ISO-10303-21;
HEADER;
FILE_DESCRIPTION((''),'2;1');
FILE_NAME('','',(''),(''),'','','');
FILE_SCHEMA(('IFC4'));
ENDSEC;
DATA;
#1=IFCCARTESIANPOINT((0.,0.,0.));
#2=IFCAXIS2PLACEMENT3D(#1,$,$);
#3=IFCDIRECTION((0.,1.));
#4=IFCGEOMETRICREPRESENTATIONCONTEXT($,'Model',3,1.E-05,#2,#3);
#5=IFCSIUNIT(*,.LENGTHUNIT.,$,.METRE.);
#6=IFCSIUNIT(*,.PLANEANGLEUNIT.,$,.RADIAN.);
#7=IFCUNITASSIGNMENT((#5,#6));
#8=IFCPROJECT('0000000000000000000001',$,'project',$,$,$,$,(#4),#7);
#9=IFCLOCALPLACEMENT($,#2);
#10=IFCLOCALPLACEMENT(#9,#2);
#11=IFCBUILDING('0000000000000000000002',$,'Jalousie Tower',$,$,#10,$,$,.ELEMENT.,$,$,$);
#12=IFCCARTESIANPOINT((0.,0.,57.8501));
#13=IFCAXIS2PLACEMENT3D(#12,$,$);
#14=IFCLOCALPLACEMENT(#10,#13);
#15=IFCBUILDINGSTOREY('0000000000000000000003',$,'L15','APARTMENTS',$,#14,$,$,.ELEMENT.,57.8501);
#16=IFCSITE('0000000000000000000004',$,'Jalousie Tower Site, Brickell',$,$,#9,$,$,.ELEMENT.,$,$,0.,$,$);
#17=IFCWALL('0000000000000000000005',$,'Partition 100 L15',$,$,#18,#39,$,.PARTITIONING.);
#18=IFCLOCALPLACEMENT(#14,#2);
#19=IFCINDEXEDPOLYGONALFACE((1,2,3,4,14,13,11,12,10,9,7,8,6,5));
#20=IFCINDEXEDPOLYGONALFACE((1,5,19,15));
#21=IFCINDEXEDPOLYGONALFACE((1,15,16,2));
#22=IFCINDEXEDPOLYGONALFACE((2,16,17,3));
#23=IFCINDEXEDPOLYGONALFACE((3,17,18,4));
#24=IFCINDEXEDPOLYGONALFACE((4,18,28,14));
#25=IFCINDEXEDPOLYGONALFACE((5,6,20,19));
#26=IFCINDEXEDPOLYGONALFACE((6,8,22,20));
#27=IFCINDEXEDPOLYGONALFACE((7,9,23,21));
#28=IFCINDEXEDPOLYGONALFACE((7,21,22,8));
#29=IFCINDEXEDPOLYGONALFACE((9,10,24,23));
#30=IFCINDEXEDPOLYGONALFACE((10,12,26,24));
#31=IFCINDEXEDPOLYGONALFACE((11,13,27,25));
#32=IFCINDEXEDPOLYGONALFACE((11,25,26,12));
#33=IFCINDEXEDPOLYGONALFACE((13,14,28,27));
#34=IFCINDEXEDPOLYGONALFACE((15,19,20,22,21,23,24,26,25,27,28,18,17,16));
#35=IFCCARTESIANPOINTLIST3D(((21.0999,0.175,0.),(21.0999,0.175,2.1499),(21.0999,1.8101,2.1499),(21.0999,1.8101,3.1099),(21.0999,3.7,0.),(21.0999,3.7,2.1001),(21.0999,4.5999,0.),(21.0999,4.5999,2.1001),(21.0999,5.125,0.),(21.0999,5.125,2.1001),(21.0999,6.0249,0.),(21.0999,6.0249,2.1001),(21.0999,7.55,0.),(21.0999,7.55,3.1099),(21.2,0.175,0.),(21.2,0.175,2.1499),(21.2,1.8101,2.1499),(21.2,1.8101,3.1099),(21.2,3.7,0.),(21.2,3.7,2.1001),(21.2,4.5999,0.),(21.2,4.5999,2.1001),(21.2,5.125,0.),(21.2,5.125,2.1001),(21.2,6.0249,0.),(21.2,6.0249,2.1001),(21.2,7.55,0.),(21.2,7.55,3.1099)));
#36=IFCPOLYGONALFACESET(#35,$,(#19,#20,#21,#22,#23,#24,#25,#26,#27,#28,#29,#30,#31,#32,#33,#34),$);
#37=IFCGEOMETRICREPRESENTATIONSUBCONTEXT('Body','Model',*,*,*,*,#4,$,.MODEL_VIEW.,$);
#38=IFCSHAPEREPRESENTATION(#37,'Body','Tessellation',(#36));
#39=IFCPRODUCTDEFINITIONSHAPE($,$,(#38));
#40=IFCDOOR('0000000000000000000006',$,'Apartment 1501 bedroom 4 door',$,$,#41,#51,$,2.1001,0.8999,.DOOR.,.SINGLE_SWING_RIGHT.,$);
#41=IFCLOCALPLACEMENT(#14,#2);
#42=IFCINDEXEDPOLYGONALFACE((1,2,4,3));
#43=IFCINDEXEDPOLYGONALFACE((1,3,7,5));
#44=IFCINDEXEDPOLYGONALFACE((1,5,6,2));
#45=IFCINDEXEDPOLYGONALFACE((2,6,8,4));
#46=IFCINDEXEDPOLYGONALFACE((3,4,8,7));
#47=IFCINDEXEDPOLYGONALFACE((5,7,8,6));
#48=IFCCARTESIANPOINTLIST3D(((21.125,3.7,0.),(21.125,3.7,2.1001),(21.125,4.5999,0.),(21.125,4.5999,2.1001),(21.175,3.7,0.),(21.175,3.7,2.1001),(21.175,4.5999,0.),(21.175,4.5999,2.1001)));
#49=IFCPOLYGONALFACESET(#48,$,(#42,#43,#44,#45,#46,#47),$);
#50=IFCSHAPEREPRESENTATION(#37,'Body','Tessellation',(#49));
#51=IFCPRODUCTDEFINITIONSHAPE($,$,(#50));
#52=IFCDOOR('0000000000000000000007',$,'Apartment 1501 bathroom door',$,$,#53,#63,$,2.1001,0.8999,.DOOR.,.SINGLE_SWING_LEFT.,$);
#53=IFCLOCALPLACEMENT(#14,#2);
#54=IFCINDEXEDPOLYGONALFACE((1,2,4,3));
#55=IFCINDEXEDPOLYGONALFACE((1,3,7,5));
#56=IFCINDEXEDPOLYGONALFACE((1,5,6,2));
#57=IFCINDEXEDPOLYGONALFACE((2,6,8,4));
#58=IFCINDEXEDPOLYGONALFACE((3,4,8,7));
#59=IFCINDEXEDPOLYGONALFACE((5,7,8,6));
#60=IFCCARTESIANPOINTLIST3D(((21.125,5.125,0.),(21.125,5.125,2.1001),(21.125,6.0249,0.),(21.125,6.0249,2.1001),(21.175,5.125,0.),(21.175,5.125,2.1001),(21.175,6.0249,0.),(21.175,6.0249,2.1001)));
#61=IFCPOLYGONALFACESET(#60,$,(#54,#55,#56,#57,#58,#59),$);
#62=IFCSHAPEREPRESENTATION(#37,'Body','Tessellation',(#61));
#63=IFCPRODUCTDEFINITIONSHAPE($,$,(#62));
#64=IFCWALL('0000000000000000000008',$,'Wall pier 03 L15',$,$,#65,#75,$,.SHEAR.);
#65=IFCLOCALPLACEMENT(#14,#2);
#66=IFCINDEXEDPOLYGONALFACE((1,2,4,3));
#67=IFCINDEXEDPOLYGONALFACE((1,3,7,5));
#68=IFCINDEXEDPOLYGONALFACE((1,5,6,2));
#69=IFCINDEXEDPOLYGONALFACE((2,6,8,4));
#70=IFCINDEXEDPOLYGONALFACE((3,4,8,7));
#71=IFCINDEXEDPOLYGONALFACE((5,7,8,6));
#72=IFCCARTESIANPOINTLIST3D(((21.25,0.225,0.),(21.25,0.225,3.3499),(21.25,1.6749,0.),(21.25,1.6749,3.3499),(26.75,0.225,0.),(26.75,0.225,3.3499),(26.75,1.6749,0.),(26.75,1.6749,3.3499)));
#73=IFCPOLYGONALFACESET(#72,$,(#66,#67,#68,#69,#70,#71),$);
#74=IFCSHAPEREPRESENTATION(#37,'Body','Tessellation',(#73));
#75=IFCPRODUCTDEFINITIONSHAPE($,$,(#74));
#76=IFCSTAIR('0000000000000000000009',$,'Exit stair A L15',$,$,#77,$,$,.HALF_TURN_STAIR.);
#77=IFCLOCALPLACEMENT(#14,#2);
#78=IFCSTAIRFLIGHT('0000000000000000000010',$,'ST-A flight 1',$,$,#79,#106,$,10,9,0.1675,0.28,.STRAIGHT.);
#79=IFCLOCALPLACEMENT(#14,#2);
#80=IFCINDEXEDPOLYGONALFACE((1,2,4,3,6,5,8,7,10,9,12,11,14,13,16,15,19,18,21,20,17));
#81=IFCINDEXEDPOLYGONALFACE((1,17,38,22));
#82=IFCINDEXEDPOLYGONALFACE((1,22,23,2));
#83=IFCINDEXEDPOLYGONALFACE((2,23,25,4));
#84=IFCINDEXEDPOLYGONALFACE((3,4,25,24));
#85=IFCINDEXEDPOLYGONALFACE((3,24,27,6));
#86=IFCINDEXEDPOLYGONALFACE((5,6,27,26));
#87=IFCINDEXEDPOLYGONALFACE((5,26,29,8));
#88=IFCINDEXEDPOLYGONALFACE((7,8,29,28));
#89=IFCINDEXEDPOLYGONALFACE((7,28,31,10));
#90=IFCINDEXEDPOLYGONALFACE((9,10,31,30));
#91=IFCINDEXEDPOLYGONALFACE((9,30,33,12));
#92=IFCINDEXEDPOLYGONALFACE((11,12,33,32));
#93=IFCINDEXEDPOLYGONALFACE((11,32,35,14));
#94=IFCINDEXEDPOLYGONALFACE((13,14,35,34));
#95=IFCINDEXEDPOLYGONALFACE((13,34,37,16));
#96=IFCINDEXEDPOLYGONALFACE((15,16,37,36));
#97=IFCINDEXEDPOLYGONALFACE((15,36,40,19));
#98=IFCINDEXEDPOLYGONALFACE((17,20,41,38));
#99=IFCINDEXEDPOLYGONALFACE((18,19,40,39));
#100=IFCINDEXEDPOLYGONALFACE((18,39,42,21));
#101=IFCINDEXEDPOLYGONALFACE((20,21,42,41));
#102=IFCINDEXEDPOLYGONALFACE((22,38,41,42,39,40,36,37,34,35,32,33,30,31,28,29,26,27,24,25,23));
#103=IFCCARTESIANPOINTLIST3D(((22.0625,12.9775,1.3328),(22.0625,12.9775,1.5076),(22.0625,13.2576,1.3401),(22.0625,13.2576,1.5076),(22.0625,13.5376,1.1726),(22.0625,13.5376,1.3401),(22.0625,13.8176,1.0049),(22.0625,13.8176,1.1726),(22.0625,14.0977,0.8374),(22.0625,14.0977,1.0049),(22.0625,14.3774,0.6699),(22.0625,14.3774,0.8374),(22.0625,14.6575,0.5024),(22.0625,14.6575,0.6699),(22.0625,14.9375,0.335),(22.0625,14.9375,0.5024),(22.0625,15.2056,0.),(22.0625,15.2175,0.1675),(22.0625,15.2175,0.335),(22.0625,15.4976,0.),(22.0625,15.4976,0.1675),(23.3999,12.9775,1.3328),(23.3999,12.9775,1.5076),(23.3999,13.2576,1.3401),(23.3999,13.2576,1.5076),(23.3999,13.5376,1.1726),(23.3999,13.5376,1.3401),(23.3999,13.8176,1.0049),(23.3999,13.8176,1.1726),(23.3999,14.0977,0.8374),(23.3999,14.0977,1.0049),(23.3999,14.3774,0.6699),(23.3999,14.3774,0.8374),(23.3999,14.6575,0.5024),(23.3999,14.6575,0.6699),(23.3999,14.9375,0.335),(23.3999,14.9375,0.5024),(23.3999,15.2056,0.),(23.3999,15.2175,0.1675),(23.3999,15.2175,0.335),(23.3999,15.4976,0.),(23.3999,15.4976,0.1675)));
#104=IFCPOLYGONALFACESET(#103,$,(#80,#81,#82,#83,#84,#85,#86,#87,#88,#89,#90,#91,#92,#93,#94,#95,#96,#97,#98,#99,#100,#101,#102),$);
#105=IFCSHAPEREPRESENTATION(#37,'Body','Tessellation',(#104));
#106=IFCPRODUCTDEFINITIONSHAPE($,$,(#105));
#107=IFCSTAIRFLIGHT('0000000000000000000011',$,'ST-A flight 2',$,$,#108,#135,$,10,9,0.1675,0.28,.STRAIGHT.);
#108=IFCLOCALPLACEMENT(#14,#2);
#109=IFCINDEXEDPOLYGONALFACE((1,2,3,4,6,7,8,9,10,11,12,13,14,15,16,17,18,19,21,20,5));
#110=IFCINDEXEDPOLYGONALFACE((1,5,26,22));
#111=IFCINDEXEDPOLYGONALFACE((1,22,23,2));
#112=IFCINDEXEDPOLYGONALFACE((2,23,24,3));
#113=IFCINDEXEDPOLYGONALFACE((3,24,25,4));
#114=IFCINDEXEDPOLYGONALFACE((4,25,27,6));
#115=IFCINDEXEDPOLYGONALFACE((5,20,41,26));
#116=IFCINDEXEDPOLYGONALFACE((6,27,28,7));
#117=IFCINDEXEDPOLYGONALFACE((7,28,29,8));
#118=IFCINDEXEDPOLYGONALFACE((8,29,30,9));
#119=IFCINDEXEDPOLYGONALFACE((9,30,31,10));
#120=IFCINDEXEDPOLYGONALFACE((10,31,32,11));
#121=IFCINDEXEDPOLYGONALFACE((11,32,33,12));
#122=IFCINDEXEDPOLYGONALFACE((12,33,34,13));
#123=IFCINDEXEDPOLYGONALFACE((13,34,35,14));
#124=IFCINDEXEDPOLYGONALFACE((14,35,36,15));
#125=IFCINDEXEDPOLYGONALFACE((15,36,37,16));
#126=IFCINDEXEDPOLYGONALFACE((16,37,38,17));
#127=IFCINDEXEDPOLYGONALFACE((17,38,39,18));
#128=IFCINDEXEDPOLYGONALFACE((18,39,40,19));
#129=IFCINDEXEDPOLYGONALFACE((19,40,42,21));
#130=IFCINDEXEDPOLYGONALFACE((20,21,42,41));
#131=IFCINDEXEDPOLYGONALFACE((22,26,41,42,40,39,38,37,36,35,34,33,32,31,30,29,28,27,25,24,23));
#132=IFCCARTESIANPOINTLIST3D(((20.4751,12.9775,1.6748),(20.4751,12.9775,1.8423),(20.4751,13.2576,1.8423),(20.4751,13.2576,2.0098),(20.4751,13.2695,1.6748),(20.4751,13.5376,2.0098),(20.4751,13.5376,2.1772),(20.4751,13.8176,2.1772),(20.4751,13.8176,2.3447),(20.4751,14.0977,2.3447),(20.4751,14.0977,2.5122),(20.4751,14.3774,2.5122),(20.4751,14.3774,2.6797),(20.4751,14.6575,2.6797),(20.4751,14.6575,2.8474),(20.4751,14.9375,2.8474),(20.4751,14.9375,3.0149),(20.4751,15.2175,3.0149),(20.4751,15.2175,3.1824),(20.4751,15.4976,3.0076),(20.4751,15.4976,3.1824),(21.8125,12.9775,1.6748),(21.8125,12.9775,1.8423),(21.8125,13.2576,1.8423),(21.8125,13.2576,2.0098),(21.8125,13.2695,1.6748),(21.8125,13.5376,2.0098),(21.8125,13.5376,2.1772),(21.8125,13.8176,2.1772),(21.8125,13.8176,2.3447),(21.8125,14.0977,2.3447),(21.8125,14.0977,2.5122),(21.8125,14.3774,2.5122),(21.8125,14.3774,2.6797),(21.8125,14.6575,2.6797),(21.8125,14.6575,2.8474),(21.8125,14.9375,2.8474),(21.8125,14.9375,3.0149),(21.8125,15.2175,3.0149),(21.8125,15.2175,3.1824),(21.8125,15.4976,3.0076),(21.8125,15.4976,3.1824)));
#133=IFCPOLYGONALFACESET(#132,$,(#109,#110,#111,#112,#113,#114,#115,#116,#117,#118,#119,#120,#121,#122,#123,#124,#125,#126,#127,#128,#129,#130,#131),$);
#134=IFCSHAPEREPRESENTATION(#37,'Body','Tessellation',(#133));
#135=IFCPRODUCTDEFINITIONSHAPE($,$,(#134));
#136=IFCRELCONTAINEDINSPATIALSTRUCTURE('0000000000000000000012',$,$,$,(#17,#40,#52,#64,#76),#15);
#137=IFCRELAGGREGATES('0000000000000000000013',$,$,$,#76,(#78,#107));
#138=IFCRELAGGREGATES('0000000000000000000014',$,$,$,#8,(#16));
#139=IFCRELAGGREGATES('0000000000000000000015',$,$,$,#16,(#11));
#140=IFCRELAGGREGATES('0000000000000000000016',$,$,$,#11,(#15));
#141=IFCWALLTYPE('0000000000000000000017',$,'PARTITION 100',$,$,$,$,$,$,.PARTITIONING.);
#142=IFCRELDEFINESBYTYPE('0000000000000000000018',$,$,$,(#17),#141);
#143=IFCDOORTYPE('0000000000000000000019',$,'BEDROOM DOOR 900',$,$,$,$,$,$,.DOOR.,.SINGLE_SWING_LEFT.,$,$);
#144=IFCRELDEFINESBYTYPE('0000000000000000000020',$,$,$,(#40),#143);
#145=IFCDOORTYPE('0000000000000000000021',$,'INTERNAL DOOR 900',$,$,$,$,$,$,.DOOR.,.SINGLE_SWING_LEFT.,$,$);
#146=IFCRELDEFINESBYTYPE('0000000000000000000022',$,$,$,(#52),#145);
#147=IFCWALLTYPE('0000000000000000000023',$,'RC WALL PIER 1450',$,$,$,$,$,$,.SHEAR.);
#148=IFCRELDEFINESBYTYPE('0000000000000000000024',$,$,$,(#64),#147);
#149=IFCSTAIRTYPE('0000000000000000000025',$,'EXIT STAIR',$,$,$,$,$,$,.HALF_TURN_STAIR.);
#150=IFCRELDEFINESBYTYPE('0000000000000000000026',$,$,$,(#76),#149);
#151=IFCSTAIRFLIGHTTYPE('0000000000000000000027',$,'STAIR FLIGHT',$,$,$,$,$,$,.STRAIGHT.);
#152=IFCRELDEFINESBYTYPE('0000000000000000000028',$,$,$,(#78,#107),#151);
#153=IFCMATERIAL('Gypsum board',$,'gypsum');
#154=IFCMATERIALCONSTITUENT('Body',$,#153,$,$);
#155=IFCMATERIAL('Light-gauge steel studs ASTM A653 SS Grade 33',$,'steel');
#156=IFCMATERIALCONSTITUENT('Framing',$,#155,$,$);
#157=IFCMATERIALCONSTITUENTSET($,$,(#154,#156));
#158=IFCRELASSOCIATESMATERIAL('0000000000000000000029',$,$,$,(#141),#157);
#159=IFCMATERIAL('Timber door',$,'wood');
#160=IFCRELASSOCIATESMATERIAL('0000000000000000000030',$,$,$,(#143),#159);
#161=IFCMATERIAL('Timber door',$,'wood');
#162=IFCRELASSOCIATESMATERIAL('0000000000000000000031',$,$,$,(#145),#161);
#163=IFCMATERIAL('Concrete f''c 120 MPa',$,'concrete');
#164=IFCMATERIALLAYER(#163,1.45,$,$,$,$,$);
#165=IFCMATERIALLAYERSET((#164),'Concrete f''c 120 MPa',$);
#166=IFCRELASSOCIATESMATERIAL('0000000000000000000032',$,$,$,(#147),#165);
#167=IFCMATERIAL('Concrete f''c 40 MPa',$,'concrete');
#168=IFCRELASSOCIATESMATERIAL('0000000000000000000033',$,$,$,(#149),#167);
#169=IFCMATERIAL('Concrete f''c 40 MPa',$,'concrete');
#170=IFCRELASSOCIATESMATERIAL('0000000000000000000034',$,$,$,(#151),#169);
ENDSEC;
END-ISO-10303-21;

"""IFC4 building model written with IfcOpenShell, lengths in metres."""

from ifc_helpers import new_model, si_unit, direction, frame, frame_2d, origin, place, context, subcontext, project, spatial, polyline, rectangle, outline, extrude, material, layer, layer_set, constituent, constituent_set, type_object, element, fill, aggregate, save


model = new_model("IFC4")

# Units and contexts
model_context = context("Model", 3, precision=1e-05, world=origin(), true_north=direction((0.0, 1.0)))
body_context = subcontext(model_context, "Body", "Model", "MODEL_VIEW")
ifc_project = project(units=[si_unit("LENGTHUNIT", "METRE"), si_unit("PLANEANGLEUNIT", "RADIAN")], contexts=[model_context])

# Site, building, storey
site_placement = place(None, origin())
site = spatial("IfcSite", under=ifc_project, at=site_placement, Name="Jalousie Tower Site, Brickell", CompositionType="ELEMENT", RefElevation=0.0)
building_placement = place(site_placement, origin())
building = spatial("IfcBuilding", under=site, at=building_placement, Name="Jalousie Tower", CompositionType="ELEMENT")
storey_placement = place(building_placement, frame((0.0, 0.0, 57.8501)))
storey = spatial("IfcBuildingStorey", under=building, at=storey_placement, Name="L15", Description="APARTMENTS", CompositionType="ELEMENT", Elevation=57.8501)

# Wall, openings, doors
ifc_material_1 = material(Name="Gypsum board", Category="gypsum")
ifc_constituent_1 = constituent(ifc_material_1, Name="Body")
ifc_material_2 = material(Name="Light-gauge steel studs ASTM A653 SS Grade 33", Category="steel")
ifc_constituent_2 = constituent(ifc_material_2, Name="Framing")
ifc_constituent_set_1 = constituent_set(constituents=[ifc_constituent_1, ifc_constituent_2])
wall_type_1 = type_object("IfcWallType", Name="PARTITION 100", PredefinedType="PARTITIONING", material=ifc_constituent_set_1)
wall_1_placement = place(storey_placement, frame((21.1499, 0.175, 0.0), z_axis=(0.0, 0.0, 1.0), x_axis=(0.0, 1.0, 0.0)))
wall_1 = element("IfcWall", 1, at=wall_1_placement, inside=storey, type_object=wall_type_1, Name="Partition 100 L15", PredefinedType="PARTITIONING", context=body_context, shape_type="SweptSolid", body=[
    extrude(outline(polyline([(0.0, 0.0), (7.375, 0.0), (7.375, 3.1099), (1.635, 3.1099), (1.635, 2.1499), (0.0, 2.1499), (0.0, 3.1099), (0.0, 0.0)])), frame((0.0, 0.05, 0.0), z_axis=(0.0, -1.0, 0.0), x_axis=(1.0, 0.0, 0.0)), (0.0, 0.0, 1.0), 0.1001),
])
opening_1_placement = place(wall_1_placement, frame((3.5249, 0.0, 0.0)))
opening_1 = element("IfcOpeningElement", 2, at=opening_1_placement, cuts=wall_1, PredefinedType="OPENING", context=body_context, shape_type="SweptSolid", body=[
    extrude(rectangle(XDim=0.8999, YDim=2.1001, at=frame_2d((0.45, 1.05))), frame((0.0, 0.0601, 0.0), z_axis=(0.0, -1.0, 0.0), x_axis=(1.0, 0.0, 0.0)), (0.0, 0.0, 1.0), 0.1201),
])
opening_2_placement = place(wall_1_placement, frame((4.95, 0.0, 0.0)))
opening_2 = element("IfcOpeningElement", 3, at=opening_2_placement, cuts=wall_1, PredefinedType="OPENING", context=body_context, shape_type="SweptSolid", body=[
    extrude(rectangle(XDim=0.8999, YDim=2.1001, at=frame_2d((0.45, 1.05))), frame((0.0, 0.0601, 0.0), z_axis=(0.0, -1.0, 0.0), x_axis=(1.0, 0.0, 0.0)), (0.0, 0.0, 1.0), 0.1201),
])
ifc_material_3 = material(Name="Timber door", Category="wood")
door_type_1 = type_object("IfcDoorType", Name="BEDROOM DOOR 900", OperationType="SINGLE_SWING_LEFT", PredefinedType="DOOR", material=ifc_material_3)
door_1_placement = place(opening_1_placement, origin())
door_1 = element("IfcDoor", 4, at=door_1_placement, inside=storey, type_object=door_type_1, Name="Apartment 1501 bedroom 4 door", OperationType="SINGLE_SWING_RIGHT", OverallHeight=2.1001, OverallWidth=0.8999, PredefinedType="DOOR", context=body_context, shape_type="SweptSolid", body=[
    extrude(rectangle(XDim=0.8999, YDim=2.1001, at=frame_2d((0.45, 1.05))), frame((0.0, 0.0249, 0.0), z_axis=(0.0, -1.0, 0.0), x_axis=(1.0, 0.0, 0.0)), (0.0, 0.0, 1.0), 0.05),
])
fill(opening_1, door_1)
ifc_material_4 = material(Name="Timber door", Category="wood")
door_type_2 = type_object("IfcDoorType", Name="INTERNAL DOOR 900", OperationType="SINGLE_SWING_LEFT", PredefinedType="DOOR", material=ifc_material_4)
door_2_placement = place(opening_2_placement, origin())
door_2 = element("IfcDoor", 5, at=door_2_placement, inside=storey, type_object=door_type_2, Name="Apartment 1501 bathroom door", OperationType="SINGLE_SWING_LEFT", OverallHeight=2.1001, OverallWidth=0.8999, PredefinedType="DOOR", context=body_context, shape_type="SweptSolid", body=[
    extrude(rectangle(XDim=0.8999, YDim=2.1001, at=frame_2d((0.45, 1.05))), frame((0.0, 0.0249, 0.0), z_axis=(0.0, -1.0, 0.0), x_axis=(1.0, 0.0, 0.0)), (0.0, 0.0, 1.0), 0.05),
])
fill(opening_2, door_2)

# Wall
ifc_material_5 = material(Name="Concrete f'c 120 MPa", Category="concrete")
ifc_layer_1 = layer(ifc_material_5, 1.45)
ifc_layer_set_1 = layer_set([ifc_layer_1], Name="Concrete f'c 120 MPa")
wall_type_2 = type_object("IfcWallType", Name="RC WALL PIER 1450", PredefinedType="SHEAR", material=ifc_layer_set_1)
wall_2_placement = place(storey_placement, frame((21.25, 0.95, 0.0), z_axis=(0.0, 0.0, 1.0), x_axis=(1.0, 0.0, 0.0)))
element("IfcWall", 6, at=wall_2_placement, inside=storey, type_object=wall_type_2, Name="Wall pier 03 L15", PredefinedType="SHEAR", context=body_context, shape_type="SweptSolid", body=[
    extrude(rectangle(XDim=5.5, YDim=1.45, at=frame_2d((2.75, 0.0))), origin(), (0.0, 0.0, 1.0), 3.3499),
])

# Stair, stair flights
ifc_material_6 = material(Name="Concrete f'c 40 MPa", Category="concrete")
stair_type = type_object("IfcStairType", Name="EXIT STAIR", PredefinedType="HALF_TURN_STAIR", material=ifc_material_6)
stair_placement = place(storey_placement, origin())
stair = element("IfcStair", 7, at=stair_placement, inside=storey, type_object=stair_type, Name="Exit stair A L15", PredefinedType="HALF_TURN_STAIR")
ifc_material_7 = material(Name="Concrete f'c 40 MPa", Category="concrete")
stair_flight_type = type_object("IfcStairFlightType", Name="STAIR FLIGHT", PredefinedType="STRAIGHT", material=ifc_material_7)
stair_flight_1_placement = place(storey_placement, frame((22.7312, 15.4976, 0.0), z_axis=(0.0, 0.0, 1.0), x_axis=(0.0, -1.0, 0.0)))
stair_flight_1 = element("IfcStairFlight", 8, at=stair_flight_1_placement, type_object=stair_flight_type, Name="ST-A flight 1", NumberOfRisers=10, NumberOfTreads=9, PredefinedType="STRAIGHT", RiserHeight=0.1675, TreadLength=0.28, context=body_context, shape_type="SweptSolid", body=[
    extrude(outline(polyline([(0.0, 0.0), (0.0, 0.1675), (0.28, 0.1675), (0.28, 0.335), (0.5601, 0.335), (0.5601, 0.5024), (0.8401, 0.5024), (0.8401, 0.6699), (1.1201, 0.6699), (1.1201, 0.8374), (1.3999, 0.8374), (1.3999, 1.0049), (1.6799, 1.0049), (1.6799, 1.1726), (1.96, 1.1726), (1.96, 1.3401), (2.24, 1.3401), (2.24, 1.5076), (2.52, 1.5076), (2.52, 1.675), (2.52, 1.3328), (0.292, 0.0), (0.0, 0.0)])), frame((0.0, 0.6687, 0.0), z_axis=(0.0, -1.0, 0.0), x_axis=(1.0, 0.0, 0.0)), (0.0, 0.0, 1.0), 1.3374),
])
stair_flight_2_placement = place(storey_placement, frame((21.1438, 12.9775, 1.6748), z_axis=(0.0, 0.0, 1.0), x_axis=(0.0, 1.0, 0.0)))
stair_flight_2 = element("IfcStairFlight", 9, at=stair_flight_2_placement, type_object=stair_flight_type, Name="ST-A flight 2", NumberOfRisers=10, NumberOfTreads=9, PredefinedType="STRAIGHT", RiserHeight=0.1675, TreadLength=0.28, context=body_context, shape_type="SweptSolid", body=[
    extrude(outline(polyline([(0.0, 0.0), (0.0, 0.1675), (0.28, 0.1675), (0.28, 0.335), (0.5601, 0.335), (0.5601, 0.5024), (0.8401, 0.5024), (0.8401, 0.6699), (1.1201, 0.6699), (1.1201, 0.8374), (1.3999, 0.8374), (1.3999, 1.0049), (1.6799, 1.0049), (1.6799, 1.1726), (1.96, 1.1726), (1.96, 1.3401), (2.24, 1.3401), (2.24, 1.5076), (2.52, 1.5076), (2.52, 1.675), (2.52, 1.3328), (0.292, 0.0), (0.0, 0.0)])), frame((0.0, 0.6687, 0.0), z_axis=(0.0, -1.0, 0.0), x_axis=(1.0, 0.0, 0.0)), (0.0, 0.0, 1.0), 1.3374),
])
aggregate(stair, [stair_flight_1, stair_flight_2])

save(model, "model.ifc")
